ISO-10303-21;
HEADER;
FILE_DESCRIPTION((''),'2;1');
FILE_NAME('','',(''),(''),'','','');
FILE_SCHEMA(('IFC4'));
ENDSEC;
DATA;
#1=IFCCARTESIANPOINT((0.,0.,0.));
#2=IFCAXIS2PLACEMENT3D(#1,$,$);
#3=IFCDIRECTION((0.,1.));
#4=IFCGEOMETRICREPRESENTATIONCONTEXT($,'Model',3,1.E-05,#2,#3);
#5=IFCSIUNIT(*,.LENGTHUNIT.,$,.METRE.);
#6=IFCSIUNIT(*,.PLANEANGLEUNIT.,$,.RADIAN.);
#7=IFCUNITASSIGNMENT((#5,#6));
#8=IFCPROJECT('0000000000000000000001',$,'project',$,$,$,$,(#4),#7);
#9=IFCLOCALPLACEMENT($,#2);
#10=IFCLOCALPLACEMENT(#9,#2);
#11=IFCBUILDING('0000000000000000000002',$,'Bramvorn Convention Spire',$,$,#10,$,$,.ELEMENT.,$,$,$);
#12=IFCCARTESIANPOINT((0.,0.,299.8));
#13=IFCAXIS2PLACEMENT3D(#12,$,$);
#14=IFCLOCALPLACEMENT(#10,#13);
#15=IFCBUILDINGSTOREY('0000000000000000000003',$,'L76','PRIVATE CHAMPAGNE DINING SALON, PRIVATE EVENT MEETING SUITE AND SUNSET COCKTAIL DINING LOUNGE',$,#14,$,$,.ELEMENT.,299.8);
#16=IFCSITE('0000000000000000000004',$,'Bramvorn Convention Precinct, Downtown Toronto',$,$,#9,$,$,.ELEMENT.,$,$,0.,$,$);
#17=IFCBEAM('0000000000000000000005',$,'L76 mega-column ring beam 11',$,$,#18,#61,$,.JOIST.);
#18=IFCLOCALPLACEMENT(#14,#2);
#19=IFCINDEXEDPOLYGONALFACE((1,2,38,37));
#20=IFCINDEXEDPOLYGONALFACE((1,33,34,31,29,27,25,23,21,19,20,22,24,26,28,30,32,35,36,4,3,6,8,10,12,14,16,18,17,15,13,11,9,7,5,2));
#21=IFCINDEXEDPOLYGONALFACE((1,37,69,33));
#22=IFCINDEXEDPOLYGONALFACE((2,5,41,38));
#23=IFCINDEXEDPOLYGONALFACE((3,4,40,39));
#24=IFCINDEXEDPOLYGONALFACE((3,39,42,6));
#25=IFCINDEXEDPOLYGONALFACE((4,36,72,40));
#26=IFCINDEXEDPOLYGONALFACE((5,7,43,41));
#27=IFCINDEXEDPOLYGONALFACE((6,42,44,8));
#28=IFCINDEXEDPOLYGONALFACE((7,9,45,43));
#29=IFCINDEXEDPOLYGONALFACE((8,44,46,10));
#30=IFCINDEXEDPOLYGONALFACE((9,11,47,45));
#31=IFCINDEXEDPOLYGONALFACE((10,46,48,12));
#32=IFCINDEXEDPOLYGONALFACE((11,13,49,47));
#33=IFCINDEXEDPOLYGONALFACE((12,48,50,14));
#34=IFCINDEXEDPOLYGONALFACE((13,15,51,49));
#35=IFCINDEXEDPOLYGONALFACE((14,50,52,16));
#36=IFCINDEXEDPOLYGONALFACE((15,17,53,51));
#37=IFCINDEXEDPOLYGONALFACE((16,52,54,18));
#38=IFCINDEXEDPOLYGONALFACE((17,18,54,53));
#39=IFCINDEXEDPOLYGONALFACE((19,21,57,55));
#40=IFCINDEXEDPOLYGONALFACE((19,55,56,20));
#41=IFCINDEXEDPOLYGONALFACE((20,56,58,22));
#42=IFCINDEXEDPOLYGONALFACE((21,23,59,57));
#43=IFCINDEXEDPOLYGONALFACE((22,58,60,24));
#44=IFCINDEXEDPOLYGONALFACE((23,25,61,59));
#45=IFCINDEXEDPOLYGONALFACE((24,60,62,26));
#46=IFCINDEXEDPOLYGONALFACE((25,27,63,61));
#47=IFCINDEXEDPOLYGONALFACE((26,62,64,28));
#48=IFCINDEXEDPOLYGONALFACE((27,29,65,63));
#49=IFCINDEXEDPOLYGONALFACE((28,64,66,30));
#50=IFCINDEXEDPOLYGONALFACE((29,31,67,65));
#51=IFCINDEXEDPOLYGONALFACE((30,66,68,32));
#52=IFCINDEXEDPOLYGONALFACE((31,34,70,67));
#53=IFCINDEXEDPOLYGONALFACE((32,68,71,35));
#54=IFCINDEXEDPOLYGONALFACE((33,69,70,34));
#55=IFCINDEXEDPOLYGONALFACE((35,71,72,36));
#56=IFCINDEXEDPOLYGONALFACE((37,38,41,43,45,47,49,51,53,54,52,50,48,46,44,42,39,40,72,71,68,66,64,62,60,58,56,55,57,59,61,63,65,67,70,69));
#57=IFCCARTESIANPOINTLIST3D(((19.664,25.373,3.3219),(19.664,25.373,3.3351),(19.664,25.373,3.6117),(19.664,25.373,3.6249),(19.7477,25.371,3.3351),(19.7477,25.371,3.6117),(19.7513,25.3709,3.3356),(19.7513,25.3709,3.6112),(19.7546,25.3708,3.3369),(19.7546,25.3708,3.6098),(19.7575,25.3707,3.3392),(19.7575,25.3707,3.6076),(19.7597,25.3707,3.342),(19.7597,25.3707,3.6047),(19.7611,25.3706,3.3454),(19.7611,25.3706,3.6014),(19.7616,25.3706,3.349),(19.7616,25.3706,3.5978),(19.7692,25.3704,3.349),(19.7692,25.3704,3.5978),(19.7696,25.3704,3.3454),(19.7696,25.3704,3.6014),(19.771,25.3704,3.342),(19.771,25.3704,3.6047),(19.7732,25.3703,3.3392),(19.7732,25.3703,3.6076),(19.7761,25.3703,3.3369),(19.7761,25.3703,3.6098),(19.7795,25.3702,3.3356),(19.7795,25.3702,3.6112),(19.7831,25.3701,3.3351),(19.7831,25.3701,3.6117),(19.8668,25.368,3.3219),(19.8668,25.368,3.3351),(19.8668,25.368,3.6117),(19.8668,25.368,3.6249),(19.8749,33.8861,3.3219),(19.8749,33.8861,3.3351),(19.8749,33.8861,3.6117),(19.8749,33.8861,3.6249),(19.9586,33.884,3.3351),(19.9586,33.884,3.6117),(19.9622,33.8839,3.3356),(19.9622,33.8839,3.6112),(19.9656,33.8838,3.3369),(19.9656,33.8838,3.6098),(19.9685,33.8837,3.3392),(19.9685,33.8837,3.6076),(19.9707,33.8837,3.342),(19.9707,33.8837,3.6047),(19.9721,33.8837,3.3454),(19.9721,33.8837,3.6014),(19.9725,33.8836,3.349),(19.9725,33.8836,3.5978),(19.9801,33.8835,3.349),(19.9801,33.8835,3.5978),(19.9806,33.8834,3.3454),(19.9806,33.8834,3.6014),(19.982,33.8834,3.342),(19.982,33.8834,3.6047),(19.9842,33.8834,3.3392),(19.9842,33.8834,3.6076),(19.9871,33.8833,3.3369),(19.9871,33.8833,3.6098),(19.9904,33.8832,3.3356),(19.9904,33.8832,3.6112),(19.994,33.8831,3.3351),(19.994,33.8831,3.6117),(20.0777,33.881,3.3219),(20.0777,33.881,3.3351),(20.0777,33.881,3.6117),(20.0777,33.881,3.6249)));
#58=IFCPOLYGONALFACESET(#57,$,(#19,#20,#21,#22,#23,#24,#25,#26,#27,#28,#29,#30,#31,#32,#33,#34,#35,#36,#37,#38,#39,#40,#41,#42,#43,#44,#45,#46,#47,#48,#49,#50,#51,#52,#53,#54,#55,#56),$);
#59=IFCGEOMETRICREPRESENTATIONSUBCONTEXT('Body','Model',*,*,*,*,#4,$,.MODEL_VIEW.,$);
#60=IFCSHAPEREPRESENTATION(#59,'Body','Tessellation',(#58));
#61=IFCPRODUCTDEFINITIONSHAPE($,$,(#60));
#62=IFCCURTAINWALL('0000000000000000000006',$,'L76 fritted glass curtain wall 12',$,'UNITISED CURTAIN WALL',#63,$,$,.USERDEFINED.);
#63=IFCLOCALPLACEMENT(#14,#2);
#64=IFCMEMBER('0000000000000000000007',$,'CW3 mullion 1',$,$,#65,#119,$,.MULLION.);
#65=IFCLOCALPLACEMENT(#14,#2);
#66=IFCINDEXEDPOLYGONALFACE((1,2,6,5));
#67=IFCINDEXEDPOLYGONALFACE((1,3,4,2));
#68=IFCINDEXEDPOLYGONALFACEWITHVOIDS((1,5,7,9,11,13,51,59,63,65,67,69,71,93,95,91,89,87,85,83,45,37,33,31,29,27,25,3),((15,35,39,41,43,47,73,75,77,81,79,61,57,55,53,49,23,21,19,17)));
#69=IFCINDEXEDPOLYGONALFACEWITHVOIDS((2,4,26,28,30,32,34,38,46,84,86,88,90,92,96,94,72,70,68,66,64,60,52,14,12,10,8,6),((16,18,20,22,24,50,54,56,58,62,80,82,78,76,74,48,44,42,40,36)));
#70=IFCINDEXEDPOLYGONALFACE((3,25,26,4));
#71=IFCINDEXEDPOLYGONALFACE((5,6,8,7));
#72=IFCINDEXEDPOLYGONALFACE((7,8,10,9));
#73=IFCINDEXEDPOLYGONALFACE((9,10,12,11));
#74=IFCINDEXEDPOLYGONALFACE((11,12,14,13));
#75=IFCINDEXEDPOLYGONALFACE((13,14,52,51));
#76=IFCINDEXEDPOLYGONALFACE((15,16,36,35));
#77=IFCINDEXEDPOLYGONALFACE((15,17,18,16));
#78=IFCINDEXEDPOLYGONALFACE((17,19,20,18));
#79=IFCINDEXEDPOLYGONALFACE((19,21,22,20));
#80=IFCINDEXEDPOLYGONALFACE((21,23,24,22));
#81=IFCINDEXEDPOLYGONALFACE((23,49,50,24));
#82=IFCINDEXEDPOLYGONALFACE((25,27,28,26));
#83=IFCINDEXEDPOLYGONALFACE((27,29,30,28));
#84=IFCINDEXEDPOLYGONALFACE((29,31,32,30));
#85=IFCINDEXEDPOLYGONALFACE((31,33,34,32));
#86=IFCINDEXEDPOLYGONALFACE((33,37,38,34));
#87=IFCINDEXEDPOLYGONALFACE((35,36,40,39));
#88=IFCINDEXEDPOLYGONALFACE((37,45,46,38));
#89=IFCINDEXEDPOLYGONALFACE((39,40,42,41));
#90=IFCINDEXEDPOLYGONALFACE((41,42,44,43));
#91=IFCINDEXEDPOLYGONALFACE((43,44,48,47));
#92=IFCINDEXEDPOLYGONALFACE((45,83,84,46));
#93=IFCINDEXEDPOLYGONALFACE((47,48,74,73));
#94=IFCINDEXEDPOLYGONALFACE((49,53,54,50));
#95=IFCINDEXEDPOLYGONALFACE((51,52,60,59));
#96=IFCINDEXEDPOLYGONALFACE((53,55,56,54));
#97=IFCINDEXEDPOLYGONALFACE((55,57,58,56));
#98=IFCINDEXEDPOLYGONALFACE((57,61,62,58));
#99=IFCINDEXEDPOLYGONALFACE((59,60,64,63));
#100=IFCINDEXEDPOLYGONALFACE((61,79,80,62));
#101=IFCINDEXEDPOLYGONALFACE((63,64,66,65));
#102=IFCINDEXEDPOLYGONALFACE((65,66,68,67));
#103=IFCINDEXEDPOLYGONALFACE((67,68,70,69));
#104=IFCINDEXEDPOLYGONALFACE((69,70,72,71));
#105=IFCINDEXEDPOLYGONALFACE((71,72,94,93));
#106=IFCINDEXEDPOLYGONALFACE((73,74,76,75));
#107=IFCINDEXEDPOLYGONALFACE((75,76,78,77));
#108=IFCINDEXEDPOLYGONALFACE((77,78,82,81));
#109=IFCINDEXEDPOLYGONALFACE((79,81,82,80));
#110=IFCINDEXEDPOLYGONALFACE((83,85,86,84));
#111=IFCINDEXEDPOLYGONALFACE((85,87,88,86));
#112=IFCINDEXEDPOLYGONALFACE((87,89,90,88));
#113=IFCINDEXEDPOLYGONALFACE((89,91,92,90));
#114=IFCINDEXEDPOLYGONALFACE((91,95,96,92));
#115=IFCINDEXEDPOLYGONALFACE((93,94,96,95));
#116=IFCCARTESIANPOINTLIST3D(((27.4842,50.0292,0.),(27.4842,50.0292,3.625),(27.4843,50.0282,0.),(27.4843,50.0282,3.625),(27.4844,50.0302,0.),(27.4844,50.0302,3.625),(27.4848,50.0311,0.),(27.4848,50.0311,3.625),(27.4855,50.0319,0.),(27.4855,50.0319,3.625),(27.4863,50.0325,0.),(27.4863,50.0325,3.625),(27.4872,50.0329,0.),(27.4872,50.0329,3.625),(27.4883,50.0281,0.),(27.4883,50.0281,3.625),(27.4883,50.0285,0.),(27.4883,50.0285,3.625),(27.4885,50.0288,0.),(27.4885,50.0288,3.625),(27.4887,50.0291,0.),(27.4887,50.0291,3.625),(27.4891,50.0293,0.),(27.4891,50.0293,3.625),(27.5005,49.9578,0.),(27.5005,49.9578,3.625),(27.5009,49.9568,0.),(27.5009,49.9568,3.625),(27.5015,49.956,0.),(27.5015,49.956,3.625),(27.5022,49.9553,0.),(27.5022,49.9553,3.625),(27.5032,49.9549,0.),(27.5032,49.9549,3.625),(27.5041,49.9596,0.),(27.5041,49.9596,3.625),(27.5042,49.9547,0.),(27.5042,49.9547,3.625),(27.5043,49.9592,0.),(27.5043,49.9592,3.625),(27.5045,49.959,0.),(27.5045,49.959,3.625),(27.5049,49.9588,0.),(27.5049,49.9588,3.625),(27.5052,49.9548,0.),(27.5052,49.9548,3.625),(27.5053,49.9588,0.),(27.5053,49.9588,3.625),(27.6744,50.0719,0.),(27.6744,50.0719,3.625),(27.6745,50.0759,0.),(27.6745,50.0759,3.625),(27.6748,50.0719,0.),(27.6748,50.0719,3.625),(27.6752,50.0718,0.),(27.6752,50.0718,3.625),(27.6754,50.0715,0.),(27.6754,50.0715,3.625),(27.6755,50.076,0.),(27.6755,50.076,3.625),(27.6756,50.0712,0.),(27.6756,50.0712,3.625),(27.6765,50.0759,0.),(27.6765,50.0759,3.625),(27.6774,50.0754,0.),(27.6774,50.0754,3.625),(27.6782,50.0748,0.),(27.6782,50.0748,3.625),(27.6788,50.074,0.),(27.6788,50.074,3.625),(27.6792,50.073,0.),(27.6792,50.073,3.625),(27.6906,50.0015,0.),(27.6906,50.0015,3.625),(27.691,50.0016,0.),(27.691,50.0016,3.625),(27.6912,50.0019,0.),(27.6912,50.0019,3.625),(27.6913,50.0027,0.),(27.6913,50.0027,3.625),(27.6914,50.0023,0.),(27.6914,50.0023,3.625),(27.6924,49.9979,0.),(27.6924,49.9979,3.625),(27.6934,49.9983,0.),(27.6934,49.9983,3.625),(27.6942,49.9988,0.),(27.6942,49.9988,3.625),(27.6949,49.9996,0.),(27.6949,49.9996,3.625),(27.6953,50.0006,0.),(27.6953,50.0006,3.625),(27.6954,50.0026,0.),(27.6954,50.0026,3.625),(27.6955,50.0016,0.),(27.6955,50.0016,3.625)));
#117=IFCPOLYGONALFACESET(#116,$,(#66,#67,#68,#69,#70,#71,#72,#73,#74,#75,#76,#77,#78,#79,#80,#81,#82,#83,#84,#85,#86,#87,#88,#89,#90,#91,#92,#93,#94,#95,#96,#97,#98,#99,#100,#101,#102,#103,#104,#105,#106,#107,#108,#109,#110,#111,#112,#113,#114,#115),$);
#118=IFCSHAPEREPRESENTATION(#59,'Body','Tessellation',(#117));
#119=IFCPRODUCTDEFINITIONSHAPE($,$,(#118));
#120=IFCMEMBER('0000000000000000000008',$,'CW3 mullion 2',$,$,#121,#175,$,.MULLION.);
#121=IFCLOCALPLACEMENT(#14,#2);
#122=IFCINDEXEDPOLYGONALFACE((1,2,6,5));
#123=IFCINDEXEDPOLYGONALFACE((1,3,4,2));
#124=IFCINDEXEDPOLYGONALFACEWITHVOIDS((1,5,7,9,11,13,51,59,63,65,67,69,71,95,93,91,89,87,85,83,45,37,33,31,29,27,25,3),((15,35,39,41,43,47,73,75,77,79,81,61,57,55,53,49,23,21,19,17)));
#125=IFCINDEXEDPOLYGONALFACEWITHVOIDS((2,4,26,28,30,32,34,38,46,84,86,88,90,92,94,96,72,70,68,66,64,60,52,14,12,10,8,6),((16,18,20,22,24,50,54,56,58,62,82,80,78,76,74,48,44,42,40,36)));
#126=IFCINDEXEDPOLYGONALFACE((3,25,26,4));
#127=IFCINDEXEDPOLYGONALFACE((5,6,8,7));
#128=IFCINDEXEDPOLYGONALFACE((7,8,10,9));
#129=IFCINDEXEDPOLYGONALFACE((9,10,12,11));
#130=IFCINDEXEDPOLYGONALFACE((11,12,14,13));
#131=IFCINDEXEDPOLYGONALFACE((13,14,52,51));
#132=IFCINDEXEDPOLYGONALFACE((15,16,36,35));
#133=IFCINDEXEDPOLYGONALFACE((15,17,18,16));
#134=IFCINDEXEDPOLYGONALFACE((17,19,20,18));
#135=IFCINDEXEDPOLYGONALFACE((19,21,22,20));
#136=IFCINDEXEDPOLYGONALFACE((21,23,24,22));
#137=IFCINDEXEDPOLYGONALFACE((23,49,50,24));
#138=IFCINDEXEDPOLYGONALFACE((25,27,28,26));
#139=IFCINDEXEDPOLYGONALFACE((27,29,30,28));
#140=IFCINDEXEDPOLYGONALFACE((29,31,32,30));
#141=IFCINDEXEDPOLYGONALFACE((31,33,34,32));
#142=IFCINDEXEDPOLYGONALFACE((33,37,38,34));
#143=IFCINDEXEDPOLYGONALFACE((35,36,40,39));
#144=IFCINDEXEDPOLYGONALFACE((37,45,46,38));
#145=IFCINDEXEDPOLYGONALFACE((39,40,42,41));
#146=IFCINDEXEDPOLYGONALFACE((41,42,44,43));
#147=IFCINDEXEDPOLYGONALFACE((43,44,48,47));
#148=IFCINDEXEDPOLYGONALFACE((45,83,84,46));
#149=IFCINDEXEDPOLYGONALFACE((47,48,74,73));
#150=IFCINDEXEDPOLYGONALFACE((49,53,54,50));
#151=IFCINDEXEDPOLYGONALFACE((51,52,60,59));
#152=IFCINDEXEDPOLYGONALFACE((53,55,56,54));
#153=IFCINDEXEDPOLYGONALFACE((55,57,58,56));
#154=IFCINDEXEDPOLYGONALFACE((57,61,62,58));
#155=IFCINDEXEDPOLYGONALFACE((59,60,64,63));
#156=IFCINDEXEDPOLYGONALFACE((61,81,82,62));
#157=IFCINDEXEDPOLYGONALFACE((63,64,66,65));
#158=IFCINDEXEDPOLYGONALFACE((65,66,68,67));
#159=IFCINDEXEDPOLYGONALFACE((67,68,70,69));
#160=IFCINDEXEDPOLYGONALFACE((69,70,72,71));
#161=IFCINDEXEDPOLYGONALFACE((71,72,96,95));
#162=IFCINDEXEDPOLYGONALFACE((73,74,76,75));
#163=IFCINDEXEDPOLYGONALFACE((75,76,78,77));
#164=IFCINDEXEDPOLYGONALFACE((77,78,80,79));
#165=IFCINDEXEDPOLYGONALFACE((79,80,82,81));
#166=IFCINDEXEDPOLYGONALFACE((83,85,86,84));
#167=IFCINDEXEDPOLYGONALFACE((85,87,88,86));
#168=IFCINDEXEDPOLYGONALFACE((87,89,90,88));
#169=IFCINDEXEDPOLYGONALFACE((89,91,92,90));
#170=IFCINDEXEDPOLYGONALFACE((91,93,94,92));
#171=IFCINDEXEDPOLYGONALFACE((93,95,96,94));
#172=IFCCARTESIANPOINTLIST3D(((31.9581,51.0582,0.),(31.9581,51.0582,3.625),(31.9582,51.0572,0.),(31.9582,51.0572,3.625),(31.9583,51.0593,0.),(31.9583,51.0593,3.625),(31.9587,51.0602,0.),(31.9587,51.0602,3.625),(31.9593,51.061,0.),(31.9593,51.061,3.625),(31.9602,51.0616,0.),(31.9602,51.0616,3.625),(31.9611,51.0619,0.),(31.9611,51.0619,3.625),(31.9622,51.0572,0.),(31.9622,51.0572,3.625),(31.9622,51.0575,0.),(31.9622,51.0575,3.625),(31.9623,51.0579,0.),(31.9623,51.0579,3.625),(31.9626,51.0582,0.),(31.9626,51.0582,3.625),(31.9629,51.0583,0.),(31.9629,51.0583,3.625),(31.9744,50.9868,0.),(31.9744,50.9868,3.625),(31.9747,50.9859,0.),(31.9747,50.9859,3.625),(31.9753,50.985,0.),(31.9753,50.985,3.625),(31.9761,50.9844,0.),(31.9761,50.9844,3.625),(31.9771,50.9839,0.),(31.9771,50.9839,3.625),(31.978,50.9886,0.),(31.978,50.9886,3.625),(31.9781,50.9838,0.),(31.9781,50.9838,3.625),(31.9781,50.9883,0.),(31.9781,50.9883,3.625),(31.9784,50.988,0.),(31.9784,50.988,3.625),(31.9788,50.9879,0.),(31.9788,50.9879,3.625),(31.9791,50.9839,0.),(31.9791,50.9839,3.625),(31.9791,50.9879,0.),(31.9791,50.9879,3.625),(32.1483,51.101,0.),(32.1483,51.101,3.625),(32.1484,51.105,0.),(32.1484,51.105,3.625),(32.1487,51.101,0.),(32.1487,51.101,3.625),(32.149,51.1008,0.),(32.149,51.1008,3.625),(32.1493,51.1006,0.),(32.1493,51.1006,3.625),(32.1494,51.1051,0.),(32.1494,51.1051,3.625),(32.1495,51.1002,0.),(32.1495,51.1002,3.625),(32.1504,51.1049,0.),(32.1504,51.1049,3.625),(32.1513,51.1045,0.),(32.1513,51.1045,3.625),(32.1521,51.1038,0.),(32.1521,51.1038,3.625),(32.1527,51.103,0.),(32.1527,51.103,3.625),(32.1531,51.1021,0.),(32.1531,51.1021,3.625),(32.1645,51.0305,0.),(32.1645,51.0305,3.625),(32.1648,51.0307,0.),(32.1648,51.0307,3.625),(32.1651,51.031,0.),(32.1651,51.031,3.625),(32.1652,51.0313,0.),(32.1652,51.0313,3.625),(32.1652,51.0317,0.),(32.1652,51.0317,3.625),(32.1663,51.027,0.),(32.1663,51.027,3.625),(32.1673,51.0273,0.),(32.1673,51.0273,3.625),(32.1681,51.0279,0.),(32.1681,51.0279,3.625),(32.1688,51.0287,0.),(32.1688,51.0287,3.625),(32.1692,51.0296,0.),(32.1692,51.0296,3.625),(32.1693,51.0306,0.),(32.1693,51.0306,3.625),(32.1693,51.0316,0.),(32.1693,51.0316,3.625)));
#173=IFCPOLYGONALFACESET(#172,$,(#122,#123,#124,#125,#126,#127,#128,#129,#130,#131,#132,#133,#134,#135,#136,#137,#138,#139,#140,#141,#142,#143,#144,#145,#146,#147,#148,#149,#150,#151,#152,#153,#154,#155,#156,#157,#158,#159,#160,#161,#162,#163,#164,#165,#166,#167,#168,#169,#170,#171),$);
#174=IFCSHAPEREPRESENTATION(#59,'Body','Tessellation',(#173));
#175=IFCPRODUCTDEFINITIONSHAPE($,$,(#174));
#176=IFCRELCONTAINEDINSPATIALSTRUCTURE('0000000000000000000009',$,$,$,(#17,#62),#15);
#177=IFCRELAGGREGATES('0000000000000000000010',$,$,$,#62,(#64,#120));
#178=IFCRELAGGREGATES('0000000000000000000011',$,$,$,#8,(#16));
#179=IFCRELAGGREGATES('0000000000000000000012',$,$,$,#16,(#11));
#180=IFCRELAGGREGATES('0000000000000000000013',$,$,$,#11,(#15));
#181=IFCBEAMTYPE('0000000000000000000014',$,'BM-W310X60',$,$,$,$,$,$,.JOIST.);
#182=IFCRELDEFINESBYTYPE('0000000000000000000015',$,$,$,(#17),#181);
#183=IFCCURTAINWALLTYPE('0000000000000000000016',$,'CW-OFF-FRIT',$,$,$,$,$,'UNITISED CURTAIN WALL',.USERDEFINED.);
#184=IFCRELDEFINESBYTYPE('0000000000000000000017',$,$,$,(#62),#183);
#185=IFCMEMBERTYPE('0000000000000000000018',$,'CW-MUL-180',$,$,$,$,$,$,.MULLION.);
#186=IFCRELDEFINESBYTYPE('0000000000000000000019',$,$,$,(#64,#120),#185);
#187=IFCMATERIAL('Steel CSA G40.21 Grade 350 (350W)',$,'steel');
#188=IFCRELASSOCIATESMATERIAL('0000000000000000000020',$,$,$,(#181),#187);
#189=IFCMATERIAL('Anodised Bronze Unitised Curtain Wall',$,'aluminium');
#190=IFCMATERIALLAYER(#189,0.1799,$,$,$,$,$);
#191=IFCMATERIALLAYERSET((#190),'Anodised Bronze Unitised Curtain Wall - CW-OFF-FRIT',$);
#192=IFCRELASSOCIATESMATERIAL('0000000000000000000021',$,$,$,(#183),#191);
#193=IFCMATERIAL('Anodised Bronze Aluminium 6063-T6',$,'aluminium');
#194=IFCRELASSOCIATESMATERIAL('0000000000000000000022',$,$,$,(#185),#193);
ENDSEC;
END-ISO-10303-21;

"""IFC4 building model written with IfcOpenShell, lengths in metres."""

from ifc_helpers import new_model, si_unit, direction, frame, origin, origin_2d, place, context, subcontext, project, spatial, hollow_rectangle, i_section, extrude, material, layer, layer_set, material_profile, profile_set, type_object, element, aggregate, save


model = new_model("IFC4")

# Units and contexts
model_context = context("Model", 3, precision=1e-05, world=origin(), true_north=direction((0.0, 1.0)))
body_context = subcontext(model_context, "Body", "Model", "MODEL_VIEW")
ifc_project = project(units=[si_unit("LENGTHUNIT", "METRE"), si_unit("PLANEANGLEUNIT", "RADIAN")], contexts=[model_context])

# Site, building, storey
site_placement = place(None, origin())
site = spatial("IfcSite", under=ifc_project, at=site_placement, Name="Bramvorn Convention Precinct, Downtown Toronto", CompositionType="ELEMENT", RefElevation=0.0)
building_placement = place(site_placement, origin())
building = spatial("IfcBuilding", under=site, at=building_placement, Name="Bramvorn Convention Spire", CompositionType="ELEMENT")
storey_placement = place(building_placement, frame((0.0, 0.0, 299.8)))
storey = spatial("IfcBuildingStorey", under=building, at=storey_placement, Name="L76", Description="PRIVATE CHAMPAGNE DINING SALON, PRIVATE EVENT MEETING SUITE AND SUNSET COCKTAIL DINING LOUNGE", CompositionType="ELEMENT", Elevation=299.8)

# Shared definitions
ifc_material_1 = material(Name="Steel CSA G40.21 Grade 350 (350W)", Category="steel")

# Beam
ifc_material_profile_1 = material_profile(ifc_material_1, i_section(OverallWidth=0.2029, OverallDepth=0.303, WebThickness=0.0076, FlangeThickness=0.0132, FilletRadius=0.0139, at=origin_2d()))
ifc_profile_set_1 = profile_set([ifc_material_profile_1], Name="Steel CSA G40.21 Grade 350 (350W) - W310X60")
beam_type_1 = type_object("IfcBeamType", Name="BM-W310X60", PredefinedType="JOIST", material=ifc_profile_set_1)
beam_1_placement = place(storey_placement, frame((19.9763, 33.8835, 3.4734), z_axis=(-0.024771, -0.999693, 0.0), x_axis=(0.999693, -0.024771, 0.0)))
element("IfcBeam", 1, at=beam_1_placement, inside=storey, type_object=beam_type_1, Name="L76 mega-column ring beam 11", PredefinedType="JOIST", context=body_context, shape_type="SweptSolid", body=[
    extrude(i_section(OverallWidth=0.2029, OverallDepth=0.303, WebThickness=0.0076, FlangeThickness=0.0132, FilletRadius=0.0139, at=origin_2d()), origin(), (0.0, 0.0, 1.0), 8.5156),
])

# Curtain wall, members
ifc_material_2 = material(Name="Anodised Bronze Unitised Curtain Wall", Category="aluminium")
ifc_layer_1 = layer(ifc_material_2, 0.1799)
ifc_layer_set_1 = layer_set([ifc_layer_1], Name="Anodised Bronze Unitised Curtain Wall - CW-OFF-FRIT")
curtain_wall_type = type_object("IfcCurtainWallType", Name="CW-OFF-FRIT", ElementType="UNITISED CURTAIN WALL", PredefinedType="USERDEFINED", material=ifc_layer_set_1)
curtain_wall_1_placement = place(storey_placement, origin())
curtain_wall_1 = element("IfcCurtainWall", 2, at=curtain_wall_1_placement, inside=storey, type_object=curtain_wall_type, Name="L76 fritted glass curtain wall 12", ObjectType="UNITISED CURTAIN WALL", PredefinedType="USERDEFINED")
ifc_material_3 = material(Name="Anodised Bronze Aluminium 6063-T6", Category="aluminium")
ifc_material_profile_2 = material_profile(ifc_material_3, hollow_rectangle(XDim=0.0801, YDim=0.2, WallThickness=0.0039, InnerFilletRadius=0.001, OuterFilletRadius=0.0039, at=origin_2d()))
ifc_profile_set_2 = profile_set([ifc_material_profile_2], Name="Anodised Bronze Aluminium 6063-T6 - CWM80X200")
member_type_1 = type_object("IfcMemberType", Name="CW-MUL-180", PredefinedType="MULLION", material=ifc_profile_set_2)
member_1_placement = place(storey_placement, frame((27.5898, 50.0154, 0.0), z_axis=(0.0, 0.0, 1.0), x_axis=(-0.224183, 0.974547, 0.0)))
member_1 = element("IfcMember", 3, at=member_1_placement, type_object=member_type_1, Name="CW3 mullion 1", PredefinedType="MULLION", context=body_context, shape_type="SweptSolid", body=[
    extrude(hollow_rectangle(XDim=0.0801, YDim=0.2, WallThickness=0.0039, InnerFilletRadius=0.001, OuterFilletRadius=0.0039, at=origin_2d()), origin(), (0.0, 0.0, 1.0), 3.625),
])
member_2_placement = place(storey_placement, frame((32.0637, 51.0444, 0.0), z_axis=(0.0, 0.0, 1.0), x_axis=(-0.224183, 0.974547, 0.0)))
member_2 = element("IfcMember", 4, at=member_2_placement, type_object=member_type_1, Name="CW3 mullion 2", PredefinedType="MULLION", context=body_context, shape_type="SweptSolid", body=[
    extrude(hollow_rectangle(XDim=0.0801, YDim=0.2, WallThickness=0.0039, InnerFilletRadius=0.001, OuterFilletRadius=0.0039, at=origin_2d()), origin(), (0.0, 0.0, 1.0), 3.625),
])

aggregate(curtain_wall_1, [member_1, member_2])

save(model, "model.ifc")
